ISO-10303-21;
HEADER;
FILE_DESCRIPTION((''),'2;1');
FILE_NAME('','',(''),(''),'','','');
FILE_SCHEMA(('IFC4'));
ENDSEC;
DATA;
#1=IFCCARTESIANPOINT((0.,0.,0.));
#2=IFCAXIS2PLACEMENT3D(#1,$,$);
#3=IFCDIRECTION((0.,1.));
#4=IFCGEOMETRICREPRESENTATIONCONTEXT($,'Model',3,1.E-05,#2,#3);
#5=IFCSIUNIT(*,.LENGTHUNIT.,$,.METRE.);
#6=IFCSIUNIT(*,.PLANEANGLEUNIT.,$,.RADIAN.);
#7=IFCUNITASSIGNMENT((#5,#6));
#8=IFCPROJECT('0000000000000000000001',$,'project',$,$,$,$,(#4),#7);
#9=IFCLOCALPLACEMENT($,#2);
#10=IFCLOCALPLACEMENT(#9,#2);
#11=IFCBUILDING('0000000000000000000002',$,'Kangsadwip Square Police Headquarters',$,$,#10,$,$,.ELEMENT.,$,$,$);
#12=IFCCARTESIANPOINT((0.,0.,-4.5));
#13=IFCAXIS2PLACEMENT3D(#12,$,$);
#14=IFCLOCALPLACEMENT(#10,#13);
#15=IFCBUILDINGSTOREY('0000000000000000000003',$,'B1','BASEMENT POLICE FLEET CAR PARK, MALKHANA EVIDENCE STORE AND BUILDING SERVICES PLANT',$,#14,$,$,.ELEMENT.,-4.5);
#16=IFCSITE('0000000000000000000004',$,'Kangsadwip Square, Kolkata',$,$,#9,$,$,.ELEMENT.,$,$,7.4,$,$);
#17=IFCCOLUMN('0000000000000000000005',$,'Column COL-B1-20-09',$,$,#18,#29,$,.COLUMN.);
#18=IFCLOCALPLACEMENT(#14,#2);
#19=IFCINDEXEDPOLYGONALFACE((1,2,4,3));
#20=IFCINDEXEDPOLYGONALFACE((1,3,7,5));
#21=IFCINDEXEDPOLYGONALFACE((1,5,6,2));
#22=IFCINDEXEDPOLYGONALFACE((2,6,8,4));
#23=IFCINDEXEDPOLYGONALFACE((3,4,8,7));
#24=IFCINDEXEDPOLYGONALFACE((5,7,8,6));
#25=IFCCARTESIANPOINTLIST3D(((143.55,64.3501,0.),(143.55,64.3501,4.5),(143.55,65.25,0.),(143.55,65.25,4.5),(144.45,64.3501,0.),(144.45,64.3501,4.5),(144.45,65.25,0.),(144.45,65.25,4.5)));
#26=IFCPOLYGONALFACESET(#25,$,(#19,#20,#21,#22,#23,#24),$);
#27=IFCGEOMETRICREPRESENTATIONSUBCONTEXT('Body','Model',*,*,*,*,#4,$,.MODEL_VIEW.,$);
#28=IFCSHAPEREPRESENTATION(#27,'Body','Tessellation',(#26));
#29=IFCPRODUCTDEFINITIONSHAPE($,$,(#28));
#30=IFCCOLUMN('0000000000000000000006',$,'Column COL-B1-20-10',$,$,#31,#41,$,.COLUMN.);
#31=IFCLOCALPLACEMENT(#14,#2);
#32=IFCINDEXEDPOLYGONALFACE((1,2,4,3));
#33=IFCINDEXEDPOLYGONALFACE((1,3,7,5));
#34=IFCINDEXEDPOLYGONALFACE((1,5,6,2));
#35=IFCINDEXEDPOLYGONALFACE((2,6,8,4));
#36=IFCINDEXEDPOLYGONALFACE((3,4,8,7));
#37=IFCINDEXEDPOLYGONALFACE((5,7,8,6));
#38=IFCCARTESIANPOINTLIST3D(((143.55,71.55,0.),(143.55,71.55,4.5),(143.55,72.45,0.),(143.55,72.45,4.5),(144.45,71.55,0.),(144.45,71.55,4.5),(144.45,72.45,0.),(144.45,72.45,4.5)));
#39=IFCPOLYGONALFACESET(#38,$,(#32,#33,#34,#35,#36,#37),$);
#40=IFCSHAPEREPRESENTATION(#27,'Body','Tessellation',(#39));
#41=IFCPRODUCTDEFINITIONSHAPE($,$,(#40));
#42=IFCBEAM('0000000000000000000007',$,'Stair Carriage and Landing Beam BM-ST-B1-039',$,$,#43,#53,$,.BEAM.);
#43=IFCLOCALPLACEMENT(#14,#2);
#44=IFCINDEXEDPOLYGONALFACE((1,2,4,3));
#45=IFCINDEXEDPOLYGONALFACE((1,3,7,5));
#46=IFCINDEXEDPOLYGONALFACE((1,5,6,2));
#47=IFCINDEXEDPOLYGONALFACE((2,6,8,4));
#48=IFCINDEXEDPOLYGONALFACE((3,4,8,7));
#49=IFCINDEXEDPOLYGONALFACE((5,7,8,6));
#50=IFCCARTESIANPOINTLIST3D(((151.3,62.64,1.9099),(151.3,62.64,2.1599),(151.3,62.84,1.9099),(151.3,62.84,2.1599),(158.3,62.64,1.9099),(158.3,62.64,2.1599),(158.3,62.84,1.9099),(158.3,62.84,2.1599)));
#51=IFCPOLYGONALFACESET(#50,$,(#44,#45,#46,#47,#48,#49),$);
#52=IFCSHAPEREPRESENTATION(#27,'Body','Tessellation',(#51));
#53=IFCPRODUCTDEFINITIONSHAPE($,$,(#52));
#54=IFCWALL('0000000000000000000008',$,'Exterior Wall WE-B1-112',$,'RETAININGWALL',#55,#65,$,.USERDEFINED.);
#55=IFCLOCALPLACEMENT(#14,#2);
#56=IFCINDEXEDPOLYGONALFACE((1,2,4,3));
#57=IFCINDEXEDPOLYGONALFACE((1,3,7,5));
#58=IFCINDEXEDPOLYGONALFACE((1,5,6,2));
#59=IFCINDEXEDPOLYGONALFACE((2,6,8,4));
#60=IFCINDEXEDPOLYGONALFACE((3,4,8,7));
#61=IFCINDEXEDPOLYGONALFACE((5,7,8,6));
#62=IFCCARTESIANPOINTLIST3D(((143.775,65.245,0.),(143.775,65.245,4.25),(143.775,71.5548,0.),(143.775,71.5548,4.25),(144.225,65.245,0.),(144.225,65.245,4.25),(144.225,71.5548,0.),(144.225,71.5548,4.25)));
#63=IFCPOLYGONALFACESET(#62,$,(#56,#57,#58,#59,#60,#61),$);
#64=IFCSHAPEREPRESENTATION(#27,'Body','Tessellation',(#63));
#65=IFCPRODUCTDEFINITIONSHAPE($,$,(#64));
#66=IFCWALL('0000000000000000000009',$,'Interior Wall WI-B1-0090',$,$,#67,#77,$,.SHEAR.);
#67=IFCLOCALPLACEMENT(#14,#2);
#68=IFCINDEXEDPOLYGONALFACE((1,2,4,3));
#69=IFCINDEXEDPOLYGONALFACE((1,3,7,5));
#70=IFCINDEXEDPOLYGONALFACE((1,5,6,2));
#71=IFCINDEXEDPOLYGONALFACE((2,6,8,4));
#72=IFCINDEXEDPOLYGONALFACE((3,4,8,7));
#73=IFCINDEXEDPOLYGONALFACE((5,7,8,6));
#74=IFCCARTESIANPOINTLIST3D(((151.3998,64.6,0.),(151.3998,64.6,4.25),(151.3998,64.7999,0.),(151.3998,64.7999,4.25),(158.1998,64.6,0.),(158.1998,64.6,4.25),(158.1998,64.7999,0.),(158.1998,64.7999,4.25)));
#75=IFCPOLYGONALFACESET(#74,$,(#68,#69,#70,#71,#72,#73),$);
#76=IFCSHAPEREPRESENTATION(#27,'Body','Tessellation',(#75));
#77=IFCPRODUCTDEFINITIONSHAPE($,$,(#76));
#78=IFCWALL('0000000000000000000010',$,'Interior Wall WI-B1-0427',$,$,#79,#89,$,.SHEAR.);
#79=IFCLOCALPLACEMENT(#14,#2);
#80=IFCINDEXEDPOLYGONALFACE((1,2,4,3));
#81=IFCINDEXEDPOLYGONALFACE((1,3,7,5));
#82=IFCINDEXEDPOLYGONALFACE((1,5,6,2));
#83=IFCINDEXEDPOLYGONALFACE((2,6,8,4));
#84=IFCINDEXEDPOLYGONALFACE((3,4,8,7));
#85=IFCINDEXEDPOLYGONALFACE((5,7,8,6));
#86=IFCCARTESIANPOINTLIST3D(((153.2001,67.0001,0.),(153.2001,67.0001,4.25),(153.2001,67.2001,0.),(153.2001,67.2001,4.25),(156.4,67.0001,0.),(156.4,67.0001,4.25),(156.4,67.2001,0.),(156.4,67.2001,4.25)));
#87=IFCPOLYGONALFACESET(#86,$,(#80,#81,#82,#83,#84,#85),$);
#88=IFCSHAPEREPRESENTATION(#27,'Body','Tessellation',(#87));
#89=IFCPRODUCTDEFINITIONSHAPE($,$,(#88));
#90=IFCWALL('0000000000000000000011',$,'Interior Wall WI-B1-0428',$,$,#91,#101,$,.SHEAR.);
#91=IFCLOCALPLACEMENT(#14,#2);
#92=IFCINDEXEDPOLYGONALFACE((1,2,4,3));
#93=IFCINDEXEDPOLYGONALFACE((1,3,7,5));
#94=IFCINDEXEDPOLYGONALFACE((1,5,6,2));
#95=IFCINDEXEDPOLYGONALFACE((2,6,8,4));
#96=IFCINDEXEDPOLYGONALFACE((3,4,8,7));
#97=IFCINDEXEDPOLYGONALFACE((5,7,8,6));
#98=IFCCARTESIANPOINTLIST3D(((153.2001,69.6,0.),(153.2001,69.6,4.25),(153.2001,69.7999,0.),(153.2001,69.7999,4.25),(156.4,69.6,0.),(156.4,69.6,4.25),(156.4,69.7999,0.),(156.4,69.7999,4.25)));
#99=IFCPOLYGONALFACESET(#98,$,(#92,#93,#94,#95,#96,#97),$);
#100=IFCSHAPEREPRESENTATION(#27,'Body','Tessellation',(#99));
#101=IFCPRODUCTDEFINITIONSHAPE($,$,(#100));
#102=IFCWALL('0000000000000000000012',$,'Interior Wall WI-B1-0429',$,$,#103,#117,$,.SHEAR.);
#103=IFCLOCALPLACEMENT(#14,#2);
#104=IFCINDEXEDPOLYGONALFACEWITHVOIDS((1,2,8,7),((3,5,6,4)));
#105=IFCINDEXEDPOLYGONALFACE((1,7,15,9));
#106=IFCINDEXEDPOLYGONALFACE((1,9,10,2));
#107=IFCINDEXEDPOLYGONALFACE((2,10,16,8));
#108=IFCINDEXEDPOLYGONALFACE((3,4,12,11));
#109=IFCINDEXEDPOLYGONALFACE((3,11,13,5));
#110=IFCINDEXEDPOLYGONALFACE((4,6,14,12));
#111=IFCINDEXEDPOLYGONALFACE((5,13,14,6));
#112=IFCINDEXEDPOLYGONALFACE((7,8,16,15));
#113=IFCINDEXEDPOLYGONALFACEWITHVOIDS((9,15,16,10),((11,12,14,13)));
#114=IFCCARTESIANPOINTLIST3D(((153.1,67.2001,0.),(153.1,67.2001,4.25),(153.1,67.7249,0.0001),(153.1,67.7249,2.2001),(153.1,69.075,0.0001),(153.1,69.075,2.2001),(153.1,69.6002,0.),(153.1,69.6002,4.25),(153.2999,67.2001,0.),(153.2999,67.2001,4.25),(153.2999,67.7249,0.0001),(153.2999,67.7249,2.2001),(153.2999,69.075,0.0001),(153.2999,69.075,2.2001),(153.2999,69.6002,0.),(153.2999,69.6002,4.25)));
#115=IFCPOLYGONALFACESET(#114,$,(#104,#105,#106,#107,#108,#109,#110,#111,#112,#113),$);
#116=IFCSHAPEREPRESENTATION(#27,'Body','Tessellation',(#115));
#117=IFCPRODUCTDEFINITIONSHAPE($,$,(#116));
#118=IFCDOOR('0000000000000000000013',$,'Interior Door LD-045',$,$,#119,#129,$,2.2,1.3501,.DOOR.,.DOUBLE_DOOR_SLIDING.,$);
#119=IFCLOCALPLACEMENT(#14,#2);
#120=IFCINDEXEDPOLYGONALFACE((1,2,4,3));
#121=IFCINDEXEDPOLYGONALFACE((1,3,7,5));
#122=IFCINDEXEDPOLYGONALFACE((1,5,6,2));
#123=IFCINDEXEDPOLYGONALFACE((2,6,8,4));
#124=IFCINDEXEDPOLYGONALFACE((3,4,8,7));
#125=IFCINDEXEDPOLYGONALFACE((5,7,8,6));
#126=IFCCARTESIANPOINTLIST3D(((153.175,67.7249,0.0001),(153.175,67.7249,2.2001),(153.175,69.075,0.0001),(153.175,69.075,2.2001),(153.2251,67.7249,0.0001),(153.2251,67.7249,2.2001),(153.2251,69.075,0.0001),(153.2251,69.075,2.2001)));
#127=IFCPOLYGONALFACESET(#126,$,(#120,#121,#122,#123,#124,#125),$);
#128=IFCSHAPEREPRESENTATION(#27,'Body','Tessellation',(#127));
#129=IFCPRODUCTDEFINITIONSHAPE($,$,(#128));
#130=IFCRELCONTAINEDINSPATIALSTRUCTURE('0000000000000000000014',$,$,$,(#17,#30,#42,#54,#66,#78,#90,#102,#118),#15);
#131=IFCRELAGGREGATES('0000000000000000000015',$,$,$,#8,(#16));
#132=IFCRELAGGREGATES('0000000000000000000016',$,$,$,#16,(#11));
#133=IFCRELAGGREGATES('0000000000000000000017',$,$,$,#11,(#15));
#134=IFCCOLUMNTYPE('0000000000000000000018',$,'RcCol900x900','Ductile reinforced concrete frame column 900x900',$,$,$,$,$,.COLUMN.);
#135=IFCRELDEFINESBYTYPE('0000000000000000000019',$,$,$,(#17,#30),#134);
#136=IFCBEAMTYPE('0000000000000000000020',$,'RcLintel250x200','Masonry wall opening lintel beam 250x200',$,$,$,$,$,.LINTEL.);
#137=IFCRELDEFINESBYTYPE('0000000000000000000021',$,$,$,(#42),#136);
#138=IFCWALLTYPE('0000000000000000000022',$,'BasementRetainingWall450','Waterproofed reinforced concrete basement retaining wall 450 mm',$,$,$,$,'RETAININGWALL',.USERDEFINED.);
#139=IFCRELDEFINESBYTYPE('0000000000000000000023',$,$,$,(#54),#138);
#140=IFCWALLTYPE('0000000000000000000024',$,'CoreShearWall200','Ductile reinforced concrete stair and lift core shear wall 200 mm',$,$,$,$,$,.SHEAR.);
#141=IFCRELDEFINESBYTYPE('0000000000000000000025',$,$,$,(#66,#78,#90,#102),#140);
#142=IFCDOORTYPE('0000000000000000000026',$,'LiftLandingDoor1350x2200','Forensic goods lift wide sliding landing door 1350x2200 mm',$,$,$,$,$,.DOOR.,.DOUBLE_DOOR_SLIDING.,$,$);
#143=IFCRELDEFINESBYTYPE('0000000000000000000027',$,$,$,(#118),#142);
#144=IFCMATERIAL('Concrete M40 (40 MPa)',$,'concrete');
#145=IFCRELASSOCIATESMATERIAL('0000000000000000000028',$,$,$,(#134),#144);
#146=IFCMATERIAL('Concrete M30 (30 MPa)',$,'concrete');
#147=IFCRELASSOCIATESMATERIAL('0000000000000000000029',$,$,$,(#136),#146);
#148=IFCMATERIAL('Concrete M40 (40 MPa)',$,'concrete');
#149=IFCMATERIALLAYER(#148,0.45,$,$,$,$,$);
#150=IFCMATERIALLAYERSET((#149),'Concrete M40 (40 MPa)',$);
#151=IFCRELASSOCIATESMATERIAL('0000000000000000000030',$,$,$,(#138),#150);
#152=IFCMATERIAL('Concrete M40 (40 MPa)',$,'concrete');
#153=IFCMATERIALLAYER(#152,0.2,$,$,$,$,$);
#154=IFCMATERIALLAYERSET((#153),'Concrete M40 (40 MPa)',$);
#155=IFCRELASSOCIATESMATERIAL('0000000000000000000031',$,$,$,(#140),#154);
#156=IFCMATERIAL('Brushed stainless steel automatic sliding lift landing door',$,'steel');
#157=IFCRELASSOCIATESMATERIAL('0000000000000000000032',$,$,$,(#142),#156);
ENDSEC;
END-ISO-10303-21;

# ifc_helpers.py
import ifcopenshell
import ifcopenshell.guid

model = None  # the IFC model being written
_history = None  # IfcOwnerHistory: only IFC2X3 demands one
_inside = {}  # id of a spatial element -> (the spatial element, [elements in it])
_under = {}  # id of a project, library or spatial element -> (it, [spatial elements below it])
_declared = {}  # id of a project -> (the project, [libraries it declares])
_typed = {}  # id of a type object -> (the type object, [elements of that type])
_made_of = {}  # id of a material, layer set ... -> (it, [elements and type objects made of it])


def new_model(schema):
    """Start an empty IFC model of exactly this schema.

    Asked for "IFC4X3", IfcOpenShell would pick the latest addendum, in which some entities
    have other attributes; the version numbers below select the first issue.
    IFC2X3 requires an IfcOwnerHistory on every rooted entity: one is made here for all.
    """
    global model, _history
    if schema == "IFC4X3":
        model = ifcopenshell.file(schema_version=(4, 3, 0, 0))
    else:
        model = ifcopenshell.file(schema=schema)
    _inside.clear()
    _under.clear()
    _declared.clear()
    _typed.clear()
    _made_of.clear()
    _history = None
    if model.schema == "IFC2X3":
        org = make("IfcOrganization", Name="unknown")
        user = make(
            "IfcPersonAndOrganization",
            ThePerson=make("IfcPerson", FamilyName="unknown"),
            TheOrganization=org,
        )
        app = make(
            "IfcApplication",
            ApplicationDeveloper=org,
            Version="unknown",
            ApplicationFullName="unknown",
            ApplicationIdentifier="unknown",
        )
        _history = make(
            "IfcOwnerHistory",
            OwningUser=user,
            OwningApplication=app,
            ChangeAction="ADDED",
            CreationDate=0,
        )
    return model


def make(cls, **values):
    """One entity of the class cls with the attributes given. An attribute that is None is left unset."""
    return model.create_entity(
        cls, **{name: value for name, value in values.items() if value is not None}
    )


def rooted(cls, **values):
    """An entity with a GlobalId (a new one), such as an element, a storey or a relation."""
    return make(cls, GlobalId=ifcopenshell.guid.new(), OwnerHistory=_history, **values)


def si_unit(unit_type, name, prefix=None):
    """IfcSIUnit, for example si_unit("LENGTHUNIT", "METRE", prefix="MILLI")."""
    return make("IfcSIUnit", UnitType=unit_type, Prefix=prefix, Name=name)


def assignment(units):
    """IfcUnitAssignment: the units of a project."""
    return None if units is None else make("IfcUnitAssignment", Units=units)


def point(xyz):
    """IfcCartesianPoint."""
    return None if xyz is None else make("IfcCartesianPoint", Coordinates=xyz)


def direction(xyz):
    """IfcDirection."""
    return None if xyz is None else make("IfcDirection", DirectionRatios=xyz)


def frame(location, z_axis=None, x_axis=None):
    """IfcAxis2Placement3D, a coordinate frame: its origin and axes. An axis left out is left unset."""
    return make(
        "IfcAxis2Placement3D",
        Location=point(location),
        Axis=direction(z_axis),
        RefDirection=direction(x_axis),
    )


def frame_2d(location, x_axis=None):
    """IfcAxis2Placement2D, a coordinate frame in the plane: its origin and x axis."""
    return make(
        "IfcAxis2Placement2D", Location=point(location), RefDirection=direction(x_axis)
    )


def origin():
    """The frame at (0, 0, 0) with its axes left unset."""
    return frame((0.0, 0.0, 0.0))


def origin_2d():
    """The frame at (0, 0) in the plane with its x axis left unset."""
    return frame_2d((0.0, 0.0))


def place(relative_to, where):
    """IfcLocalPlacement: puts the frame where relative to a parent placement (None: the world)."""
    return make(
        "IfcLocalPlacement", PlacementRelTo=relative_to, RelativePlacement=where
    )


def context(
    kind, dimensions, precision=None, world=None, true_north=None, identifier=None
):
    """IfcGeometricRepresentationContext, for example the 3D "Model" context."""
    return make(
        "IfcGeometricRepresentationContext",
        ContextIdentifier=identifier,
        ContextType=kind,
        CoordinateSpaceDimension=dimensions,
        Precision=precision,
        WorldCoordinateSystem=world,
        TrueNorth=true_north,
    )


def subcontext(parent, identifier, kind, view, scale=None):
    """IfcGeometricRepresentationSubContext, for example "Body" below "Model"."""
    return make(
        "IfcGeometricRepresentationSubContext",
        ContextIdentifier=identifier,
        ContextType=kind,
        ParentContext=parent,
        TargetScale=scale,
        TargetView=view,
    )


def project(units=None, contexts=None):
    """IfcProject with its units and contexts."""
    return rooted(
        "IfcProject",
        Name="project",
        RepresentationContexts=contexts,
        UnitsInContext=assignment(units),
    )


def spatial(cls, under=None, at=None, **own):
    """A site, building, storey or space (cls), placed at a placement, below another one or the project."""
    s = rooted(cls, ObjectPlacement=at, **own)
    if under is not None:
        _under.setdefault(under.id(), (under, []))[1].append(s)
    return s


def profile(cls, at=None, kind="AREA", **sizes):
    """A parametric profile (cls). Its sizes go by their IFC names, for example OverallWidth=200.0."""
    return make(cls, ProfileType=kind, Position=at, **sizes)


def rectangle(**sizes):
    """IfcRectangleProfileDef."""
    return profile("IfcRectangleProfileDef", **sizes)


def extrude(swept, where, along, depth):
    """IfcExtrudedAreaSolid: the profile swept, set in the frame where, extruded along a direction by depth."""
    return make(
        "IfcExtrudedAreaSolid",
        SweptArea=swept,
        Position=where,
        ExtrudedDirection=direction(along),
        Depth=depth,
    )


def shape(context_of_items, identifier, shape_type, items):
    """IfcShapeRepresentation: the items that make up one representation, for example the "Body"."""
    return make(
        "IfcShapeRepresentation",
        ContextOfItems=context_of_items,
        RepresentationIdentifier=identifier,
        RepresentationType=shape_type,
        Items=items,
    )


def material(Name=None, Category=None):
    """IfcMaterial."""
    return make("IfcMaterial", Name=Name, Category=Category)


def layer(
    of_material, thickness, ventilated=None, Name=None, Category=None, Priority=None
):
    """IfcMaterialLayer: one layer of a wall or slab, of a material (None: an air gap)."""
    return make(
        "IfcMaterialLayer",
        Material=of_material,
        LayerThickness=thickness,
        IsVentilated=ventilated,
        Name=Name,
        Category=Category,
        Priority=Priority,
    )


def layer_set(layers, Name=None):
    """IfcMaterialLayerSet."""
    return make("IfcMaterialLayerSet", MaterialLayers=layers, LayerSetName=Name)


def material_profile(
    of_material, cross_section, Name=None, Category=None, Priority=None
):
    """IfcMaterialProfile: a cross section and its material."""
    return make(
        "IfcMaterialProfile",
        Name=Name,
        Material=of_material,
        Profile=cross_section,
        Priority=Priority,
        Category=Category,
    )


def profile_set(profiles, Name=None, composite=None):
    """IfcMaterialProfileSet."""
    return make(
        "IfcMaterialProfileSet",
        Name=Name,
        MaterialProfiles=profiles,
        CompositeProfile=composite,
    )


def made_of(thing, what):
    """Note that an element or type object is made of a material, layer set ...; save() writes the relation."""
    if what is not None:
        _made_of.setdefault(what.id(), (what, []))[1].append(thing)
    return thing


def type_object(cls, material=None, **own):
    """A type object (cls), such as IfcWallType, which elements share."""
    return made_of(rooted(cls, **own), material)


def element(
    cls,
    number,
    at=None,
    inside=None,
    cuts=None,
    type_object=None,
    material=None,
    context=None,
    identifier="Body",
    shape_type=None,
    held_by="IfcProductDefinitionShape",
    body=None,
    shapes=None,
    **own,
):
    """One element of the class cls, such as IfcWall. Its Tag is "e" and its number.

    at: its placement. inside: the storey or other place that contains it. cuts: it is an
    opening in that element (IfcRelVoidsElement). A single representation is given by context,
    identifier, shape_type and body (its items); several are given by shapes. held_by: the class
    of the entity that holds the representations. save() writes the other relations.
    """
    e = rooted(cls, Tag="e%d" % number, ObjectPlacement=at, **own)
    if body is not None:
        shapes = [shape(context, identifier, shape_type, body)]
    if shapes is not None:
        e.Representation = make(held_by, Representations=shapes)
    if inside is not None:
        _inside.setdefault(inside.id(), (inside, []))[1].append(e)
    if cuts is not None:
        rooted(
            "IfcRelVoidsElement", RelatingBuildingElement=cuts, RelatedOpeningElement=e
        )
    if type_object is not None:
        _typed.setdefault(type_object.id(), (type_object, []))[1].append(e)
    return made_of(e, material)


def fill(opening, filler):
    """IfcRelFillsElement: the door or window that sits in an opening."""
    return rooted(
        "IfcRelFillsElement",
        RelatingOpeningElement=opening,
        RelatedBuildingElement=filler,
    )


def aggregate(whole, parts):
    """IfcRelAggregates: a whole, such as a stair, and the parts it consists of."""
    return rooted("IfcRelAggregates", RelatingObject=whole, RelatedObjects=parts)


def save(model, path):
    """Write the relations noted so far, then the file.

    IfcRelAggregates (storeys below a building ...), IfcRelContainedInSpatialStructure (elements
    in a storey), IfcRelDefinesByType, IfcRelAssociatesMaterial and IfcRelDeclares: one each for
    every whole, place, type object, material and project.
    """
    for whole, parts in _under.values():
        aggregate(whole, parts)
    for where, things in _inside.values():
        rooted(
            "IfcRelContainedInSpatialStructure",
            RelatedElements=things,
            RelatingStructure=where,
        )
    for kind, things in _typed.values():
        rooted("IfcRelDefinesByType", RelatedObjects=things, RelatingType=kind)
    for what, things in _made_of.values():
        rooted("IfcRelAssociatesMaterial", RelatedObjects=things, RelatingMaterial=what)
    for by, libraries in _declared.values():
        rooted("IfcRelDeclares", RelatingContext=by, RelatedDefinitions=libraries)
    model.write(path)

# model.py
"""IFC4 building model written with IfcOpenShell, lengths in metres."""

from ifc_helpers import new_model, si_unit, direction, frame, frame_2d, origin, origin_2d, place, context, subcontext, project, spatial, rectangle, extrude, material, layer, layer_set, material_profile, profile_set, type_object, element, fill, save


model = new_model("IFC4")

# Units and contexts
model_context = context("Model", 3, precision=1e-05, world=origin(), true_north=direction((0.0, 1.0)))
body_context = subcontext(model_context, "Body", "Model", "MODEL_VIEW")
ifc_project = project(units=[si_unit("LENGTHUNIT", "METRE"), si_unit("PLANEANGLEUNIT", "RADIAN")], contexts=[model_context])

# Site, building, storey
site_placement = place(None, origin())
site = spatial("IfcSite", under=ifc_project, at=site_placement, Name="Kangsadwip Square, Kolkata", CompositionType="ELEMENT", RefElevation=7.4)
building_placement = place(site_placement, origin())
building = spatial("IfcBuilding", under=site, at=building_placement, Name="Kangsadwip Square Police Headquarters", CompositionType="ELEMENT")
storey_placement = place(building_placement, frame((0.0, 0.0, -4.5)))
storey = spatial("IfcBuildingStorey", under=building, at=storey_placement, Name="B1", Description="BASEMENT POLICE FLEET CAR PARK, MALKHANA EVIDENCE STORE AND BUILDING SERVICES PLANT", CompositionType="ELEMENT", Elevation=-4.5)

# Columns
ifc_material_1 = material(Name="Concrete M40 (40 MPa)", Category="concrete")
ifc_material_profile_1 = material_profile(ifc_material_1, rectangle(XDim=0.8999, YDim=0.8999, at=origin_2d()), Name="RC COL 900X900")
ifc_profile_set_1 = profile_set([ifc_material_profile_1], Name="Concrete M40 (40 MPa)")
column_type_1 = type_object("IfcColumnType", Name="RcCol900x900", Description="Ductile reinforced concrete frame column 900x900", PredefinedType="COLUMN", material=ifc_profile_set_1)
for number, where, z_axis, x_axis, name in (
    (1, (144.0, 64.8, 0.0), (0.0, 0.0, 1.0), (1.0, 0.0, 0.0), "Column COL-B1-20-09"),
    (2, (144.0, 72.0, 0.0), (0.0, 0.0, 1.0), (1.0, 0.0, 0.0), "Column COL-B1-20-10"),
):
    element("IfcColumn", number, at=place(storey_placement, frame(where, z_axis=z_axis, x_axis=x_axis)), inside=storey, type_object=column_type_1, Name=name, PredefinedType="COLUMN", context=body_context, shape_type="SweptSolid", body=[
        extrude(rectangle(XDim=0.8999, YDim=0.8999, at=origin_2d()), origin(), (0.0, 0.0, 1.0), 4.5),
    ])

# Beam
ifc_material_2 = material(Name="Concrete M30 (30 MPa)", Category="concrete")
ifc_material_profile_2 = material_profile(ifc_material_2, rectangle(XDim=0.2, YDim=0.25, at=origin_2d()), Name="RC LNT 250X200")
ifc_profile_set_2 = profile_set([ifc_material_profile_2], Name="Concrete M30 (30 MPa)")
beam_type = type_object("IfcBeamType", Name="RcLintel250x200", Description="Masonry wall opening lintel beam 250x200", PredefinedType="LINTEL", material=ifc_profile_set_2)
beam_placement = place(storey_placement, frame((151.3, 62.74, 2.0349), z_axis=(1.0, 0.0, 0.0), x_axis=(0.0, 1.0, 0.0)))
element("IfcBeam", 3, at=beam_placement, inside=storey, type_object=beam_type, Name="Stair Carriage and Landing Beam BM-ST-B1-039", PredefinedType="BEAM", context=body_context, shape_type="SweptSolid", body=[
    extrude(rectangle(XDim=0.2, YDim=0.25, at=origin_2d()), origin(), (0.0, 0.0, 1.0), 7.0),
])

# Walls
ifc_material_3 = material(Name="Concrete M40 (40 MPa)", Category="concrete")
ifc_layer_1 = layer(ifc_material_3, 0.45)
ifc_layer_set_1 = layer_set([ifc_layer_1], Name="Concrete M40 (40 MPa)")
wall_type_1 = type_object("IfcWallType", Name="BasementRetainingWall450", Description="Waterproofed reinforced concrete basement retaining wall 450 mm", ElementType="RETAININGWALL", PredefinedType="USERDEFINED", material=ifc_layer_set_1)
wall_1_placement = place(storey_placement, frame((144.0, 65.2451, 0.0), z_axis=(0.0, 0.0, 1.0), x_axis=(0.0, 1.0, 0.0)))
element("IfcWall", 4, at=wall_1_placement, inside=storey, type_object=wall_type_1, Name="Exterior Wall WE-B1-112", ObjectType="RETAININGWALL", PredefinedType="USERDEFINED", context=body_context, shape_type="SweptSolid", body=[
    extrude(rectangle(XDim=6.3098, YDim=0.45, at=frame_2d((3.1548, 0.0))), origin(), (0.0, 0.0, 1.0), 4.25),
])
ifc_material_4 = material(Name="Concrete M40 (40 MPa)", Category="concrete")
ifc_layer_2 = layer(ifc_material_4, 0.2)
ifc_layer_set_2 = layer_set([ifc_layer_2], Name="Concrete M40 (40 MPa)")
wall_type_2 = type_object("IfcWallType", Name="CoreShearWall200", Description="Ductile reinforced concrete stair and lift core shear wall 200 mm", PredefinedType="SHEAR", material=ifc_layer_set_2)
wall_2_placement = place(storey_placement, frame((151.3999, 64.7, 0.0), z_axis=(0.0, 0.0, 1.0), x_axis=(1.0, 0.0, 0.0)))
element("IfcWall", 5, at=wall_2_placement, inside=storey, type_object=wall_type_2, Name="Interior Wall WI-B1-0090", PredefinedType="SHEAR", context=body_context, shape_type="SweptSolid", body=[
    extrude(rectangle(XDim=6.8, YDim=0.2, at=frame_2d((3.3999, 0.0))), origin(), (0.0, 0.0, 1.0), 4.25),
])
for number, where, z_axis, x_axis, name in (
    (6, (153.2, 67.1001, 0.0), (0.0, 0.0, 1.0), (1.0, 0.0, 0.0), "Interior Wall WI-B1-0427"),
    (7, (153.2, 69.7, 0.0), (0.0, 0.0, 1.0), (1.0, 0.0, 0.0), "Interior Wall WI-B1-0428"),
):
    element("IfcWall", number, at=place(storey_placement, frame(where, z_axis=z_axis, x_axis=x_axis)), inside=storey, type_object=wall_type_2, Name=name, PredefinedType="SHEAR", context=body_context, shape_type="SweptSolid", body=[
        extrude(rectangle(XDim=3.2, YDim=0.2, at=frame_2d((1.6001, 0.0))), origin(), (0.0, 0.0, 1.0), 4.25),
    ])

# Wall, opening, door
wall_3_placement = place(storey_placement, frame((153.2, 67.2, 0.0), z_axis=(0.0, 0.0, 1.0), x_axis=(0.0, 1.0, 0.0)))
wall_3 = element("IfcWall", 8, at=wall_3_placement, inside=storey, type_object=wall_type_2, Name="Interior Wall WI-B1-0429", PredefinedType="SHEAR", context=body_context, shape_type="SweptSolid", body=[
    extrude(rectangle(XDim=2.4001, YDim=0.2, at=frame_2d((1.2002, 0.0))), origin(), (0.0, 0.0, 1.0), 4.25),
])
opening_placement = place(wall_3_placement, frame((0.5249, 0.0, 0.0)))
opening = element("IfcOpeningElement", 9, at=opening_placement, cuts=wall_3, PredefinedType="OPENING", context=body_context, shape_type="SweptSolid", body=[
    extrude(rectangle(XDim=1.3501, YDim=2.2, at=frame_2d((0.675, 1.1001))), frame((0.0, 0.1099, 0.0), z_axis=(0.0, -1.0, 0.0), x_axis=(1.0, 0.0, 0.0)), (0.0, 0.0, 1.0), 0.22),
])
ifc_material_5 = material(Name="Brushed stainless steel automatic sliding lift landing door", Category="steel")
door_type = type_object("IfcDoorType", Name="LiftLandingDoor1350x2200", Description="Forensic goods lift wide sliding landing door 1350x2200 mm", OperationType="DOUBLE_DOOR_SLIDING", PredefinedType="DOOR", material=ifc_material_5)
door_placement = place(opening_placement, origin())
door = element("IfcDoor", 10, at=door_placement, inside=storey, type_object=door_type, Name="Interior Door LD-045", OperationType="DOUBLE_DOOR_SLIDING", OverallHeight=2.2, OverallWidth=1.3501, PredefinedType="DOOR", context=body_context, shape_type="SweptSolid", body=[
    extrude(rectangle(XDim=1.3501, YDim=2.2, at=frame_2d((0.675, 1.1001))), frame((0.0, 0.0249, 0.0), z_axis=(0.0, -1.0, 0.0), x_axis=(1.0, 0.0, 0.0)), (0.0, 0.0, 1.0), 0.05),
])
fill(opening, door)

save(model, "model.ifc")
